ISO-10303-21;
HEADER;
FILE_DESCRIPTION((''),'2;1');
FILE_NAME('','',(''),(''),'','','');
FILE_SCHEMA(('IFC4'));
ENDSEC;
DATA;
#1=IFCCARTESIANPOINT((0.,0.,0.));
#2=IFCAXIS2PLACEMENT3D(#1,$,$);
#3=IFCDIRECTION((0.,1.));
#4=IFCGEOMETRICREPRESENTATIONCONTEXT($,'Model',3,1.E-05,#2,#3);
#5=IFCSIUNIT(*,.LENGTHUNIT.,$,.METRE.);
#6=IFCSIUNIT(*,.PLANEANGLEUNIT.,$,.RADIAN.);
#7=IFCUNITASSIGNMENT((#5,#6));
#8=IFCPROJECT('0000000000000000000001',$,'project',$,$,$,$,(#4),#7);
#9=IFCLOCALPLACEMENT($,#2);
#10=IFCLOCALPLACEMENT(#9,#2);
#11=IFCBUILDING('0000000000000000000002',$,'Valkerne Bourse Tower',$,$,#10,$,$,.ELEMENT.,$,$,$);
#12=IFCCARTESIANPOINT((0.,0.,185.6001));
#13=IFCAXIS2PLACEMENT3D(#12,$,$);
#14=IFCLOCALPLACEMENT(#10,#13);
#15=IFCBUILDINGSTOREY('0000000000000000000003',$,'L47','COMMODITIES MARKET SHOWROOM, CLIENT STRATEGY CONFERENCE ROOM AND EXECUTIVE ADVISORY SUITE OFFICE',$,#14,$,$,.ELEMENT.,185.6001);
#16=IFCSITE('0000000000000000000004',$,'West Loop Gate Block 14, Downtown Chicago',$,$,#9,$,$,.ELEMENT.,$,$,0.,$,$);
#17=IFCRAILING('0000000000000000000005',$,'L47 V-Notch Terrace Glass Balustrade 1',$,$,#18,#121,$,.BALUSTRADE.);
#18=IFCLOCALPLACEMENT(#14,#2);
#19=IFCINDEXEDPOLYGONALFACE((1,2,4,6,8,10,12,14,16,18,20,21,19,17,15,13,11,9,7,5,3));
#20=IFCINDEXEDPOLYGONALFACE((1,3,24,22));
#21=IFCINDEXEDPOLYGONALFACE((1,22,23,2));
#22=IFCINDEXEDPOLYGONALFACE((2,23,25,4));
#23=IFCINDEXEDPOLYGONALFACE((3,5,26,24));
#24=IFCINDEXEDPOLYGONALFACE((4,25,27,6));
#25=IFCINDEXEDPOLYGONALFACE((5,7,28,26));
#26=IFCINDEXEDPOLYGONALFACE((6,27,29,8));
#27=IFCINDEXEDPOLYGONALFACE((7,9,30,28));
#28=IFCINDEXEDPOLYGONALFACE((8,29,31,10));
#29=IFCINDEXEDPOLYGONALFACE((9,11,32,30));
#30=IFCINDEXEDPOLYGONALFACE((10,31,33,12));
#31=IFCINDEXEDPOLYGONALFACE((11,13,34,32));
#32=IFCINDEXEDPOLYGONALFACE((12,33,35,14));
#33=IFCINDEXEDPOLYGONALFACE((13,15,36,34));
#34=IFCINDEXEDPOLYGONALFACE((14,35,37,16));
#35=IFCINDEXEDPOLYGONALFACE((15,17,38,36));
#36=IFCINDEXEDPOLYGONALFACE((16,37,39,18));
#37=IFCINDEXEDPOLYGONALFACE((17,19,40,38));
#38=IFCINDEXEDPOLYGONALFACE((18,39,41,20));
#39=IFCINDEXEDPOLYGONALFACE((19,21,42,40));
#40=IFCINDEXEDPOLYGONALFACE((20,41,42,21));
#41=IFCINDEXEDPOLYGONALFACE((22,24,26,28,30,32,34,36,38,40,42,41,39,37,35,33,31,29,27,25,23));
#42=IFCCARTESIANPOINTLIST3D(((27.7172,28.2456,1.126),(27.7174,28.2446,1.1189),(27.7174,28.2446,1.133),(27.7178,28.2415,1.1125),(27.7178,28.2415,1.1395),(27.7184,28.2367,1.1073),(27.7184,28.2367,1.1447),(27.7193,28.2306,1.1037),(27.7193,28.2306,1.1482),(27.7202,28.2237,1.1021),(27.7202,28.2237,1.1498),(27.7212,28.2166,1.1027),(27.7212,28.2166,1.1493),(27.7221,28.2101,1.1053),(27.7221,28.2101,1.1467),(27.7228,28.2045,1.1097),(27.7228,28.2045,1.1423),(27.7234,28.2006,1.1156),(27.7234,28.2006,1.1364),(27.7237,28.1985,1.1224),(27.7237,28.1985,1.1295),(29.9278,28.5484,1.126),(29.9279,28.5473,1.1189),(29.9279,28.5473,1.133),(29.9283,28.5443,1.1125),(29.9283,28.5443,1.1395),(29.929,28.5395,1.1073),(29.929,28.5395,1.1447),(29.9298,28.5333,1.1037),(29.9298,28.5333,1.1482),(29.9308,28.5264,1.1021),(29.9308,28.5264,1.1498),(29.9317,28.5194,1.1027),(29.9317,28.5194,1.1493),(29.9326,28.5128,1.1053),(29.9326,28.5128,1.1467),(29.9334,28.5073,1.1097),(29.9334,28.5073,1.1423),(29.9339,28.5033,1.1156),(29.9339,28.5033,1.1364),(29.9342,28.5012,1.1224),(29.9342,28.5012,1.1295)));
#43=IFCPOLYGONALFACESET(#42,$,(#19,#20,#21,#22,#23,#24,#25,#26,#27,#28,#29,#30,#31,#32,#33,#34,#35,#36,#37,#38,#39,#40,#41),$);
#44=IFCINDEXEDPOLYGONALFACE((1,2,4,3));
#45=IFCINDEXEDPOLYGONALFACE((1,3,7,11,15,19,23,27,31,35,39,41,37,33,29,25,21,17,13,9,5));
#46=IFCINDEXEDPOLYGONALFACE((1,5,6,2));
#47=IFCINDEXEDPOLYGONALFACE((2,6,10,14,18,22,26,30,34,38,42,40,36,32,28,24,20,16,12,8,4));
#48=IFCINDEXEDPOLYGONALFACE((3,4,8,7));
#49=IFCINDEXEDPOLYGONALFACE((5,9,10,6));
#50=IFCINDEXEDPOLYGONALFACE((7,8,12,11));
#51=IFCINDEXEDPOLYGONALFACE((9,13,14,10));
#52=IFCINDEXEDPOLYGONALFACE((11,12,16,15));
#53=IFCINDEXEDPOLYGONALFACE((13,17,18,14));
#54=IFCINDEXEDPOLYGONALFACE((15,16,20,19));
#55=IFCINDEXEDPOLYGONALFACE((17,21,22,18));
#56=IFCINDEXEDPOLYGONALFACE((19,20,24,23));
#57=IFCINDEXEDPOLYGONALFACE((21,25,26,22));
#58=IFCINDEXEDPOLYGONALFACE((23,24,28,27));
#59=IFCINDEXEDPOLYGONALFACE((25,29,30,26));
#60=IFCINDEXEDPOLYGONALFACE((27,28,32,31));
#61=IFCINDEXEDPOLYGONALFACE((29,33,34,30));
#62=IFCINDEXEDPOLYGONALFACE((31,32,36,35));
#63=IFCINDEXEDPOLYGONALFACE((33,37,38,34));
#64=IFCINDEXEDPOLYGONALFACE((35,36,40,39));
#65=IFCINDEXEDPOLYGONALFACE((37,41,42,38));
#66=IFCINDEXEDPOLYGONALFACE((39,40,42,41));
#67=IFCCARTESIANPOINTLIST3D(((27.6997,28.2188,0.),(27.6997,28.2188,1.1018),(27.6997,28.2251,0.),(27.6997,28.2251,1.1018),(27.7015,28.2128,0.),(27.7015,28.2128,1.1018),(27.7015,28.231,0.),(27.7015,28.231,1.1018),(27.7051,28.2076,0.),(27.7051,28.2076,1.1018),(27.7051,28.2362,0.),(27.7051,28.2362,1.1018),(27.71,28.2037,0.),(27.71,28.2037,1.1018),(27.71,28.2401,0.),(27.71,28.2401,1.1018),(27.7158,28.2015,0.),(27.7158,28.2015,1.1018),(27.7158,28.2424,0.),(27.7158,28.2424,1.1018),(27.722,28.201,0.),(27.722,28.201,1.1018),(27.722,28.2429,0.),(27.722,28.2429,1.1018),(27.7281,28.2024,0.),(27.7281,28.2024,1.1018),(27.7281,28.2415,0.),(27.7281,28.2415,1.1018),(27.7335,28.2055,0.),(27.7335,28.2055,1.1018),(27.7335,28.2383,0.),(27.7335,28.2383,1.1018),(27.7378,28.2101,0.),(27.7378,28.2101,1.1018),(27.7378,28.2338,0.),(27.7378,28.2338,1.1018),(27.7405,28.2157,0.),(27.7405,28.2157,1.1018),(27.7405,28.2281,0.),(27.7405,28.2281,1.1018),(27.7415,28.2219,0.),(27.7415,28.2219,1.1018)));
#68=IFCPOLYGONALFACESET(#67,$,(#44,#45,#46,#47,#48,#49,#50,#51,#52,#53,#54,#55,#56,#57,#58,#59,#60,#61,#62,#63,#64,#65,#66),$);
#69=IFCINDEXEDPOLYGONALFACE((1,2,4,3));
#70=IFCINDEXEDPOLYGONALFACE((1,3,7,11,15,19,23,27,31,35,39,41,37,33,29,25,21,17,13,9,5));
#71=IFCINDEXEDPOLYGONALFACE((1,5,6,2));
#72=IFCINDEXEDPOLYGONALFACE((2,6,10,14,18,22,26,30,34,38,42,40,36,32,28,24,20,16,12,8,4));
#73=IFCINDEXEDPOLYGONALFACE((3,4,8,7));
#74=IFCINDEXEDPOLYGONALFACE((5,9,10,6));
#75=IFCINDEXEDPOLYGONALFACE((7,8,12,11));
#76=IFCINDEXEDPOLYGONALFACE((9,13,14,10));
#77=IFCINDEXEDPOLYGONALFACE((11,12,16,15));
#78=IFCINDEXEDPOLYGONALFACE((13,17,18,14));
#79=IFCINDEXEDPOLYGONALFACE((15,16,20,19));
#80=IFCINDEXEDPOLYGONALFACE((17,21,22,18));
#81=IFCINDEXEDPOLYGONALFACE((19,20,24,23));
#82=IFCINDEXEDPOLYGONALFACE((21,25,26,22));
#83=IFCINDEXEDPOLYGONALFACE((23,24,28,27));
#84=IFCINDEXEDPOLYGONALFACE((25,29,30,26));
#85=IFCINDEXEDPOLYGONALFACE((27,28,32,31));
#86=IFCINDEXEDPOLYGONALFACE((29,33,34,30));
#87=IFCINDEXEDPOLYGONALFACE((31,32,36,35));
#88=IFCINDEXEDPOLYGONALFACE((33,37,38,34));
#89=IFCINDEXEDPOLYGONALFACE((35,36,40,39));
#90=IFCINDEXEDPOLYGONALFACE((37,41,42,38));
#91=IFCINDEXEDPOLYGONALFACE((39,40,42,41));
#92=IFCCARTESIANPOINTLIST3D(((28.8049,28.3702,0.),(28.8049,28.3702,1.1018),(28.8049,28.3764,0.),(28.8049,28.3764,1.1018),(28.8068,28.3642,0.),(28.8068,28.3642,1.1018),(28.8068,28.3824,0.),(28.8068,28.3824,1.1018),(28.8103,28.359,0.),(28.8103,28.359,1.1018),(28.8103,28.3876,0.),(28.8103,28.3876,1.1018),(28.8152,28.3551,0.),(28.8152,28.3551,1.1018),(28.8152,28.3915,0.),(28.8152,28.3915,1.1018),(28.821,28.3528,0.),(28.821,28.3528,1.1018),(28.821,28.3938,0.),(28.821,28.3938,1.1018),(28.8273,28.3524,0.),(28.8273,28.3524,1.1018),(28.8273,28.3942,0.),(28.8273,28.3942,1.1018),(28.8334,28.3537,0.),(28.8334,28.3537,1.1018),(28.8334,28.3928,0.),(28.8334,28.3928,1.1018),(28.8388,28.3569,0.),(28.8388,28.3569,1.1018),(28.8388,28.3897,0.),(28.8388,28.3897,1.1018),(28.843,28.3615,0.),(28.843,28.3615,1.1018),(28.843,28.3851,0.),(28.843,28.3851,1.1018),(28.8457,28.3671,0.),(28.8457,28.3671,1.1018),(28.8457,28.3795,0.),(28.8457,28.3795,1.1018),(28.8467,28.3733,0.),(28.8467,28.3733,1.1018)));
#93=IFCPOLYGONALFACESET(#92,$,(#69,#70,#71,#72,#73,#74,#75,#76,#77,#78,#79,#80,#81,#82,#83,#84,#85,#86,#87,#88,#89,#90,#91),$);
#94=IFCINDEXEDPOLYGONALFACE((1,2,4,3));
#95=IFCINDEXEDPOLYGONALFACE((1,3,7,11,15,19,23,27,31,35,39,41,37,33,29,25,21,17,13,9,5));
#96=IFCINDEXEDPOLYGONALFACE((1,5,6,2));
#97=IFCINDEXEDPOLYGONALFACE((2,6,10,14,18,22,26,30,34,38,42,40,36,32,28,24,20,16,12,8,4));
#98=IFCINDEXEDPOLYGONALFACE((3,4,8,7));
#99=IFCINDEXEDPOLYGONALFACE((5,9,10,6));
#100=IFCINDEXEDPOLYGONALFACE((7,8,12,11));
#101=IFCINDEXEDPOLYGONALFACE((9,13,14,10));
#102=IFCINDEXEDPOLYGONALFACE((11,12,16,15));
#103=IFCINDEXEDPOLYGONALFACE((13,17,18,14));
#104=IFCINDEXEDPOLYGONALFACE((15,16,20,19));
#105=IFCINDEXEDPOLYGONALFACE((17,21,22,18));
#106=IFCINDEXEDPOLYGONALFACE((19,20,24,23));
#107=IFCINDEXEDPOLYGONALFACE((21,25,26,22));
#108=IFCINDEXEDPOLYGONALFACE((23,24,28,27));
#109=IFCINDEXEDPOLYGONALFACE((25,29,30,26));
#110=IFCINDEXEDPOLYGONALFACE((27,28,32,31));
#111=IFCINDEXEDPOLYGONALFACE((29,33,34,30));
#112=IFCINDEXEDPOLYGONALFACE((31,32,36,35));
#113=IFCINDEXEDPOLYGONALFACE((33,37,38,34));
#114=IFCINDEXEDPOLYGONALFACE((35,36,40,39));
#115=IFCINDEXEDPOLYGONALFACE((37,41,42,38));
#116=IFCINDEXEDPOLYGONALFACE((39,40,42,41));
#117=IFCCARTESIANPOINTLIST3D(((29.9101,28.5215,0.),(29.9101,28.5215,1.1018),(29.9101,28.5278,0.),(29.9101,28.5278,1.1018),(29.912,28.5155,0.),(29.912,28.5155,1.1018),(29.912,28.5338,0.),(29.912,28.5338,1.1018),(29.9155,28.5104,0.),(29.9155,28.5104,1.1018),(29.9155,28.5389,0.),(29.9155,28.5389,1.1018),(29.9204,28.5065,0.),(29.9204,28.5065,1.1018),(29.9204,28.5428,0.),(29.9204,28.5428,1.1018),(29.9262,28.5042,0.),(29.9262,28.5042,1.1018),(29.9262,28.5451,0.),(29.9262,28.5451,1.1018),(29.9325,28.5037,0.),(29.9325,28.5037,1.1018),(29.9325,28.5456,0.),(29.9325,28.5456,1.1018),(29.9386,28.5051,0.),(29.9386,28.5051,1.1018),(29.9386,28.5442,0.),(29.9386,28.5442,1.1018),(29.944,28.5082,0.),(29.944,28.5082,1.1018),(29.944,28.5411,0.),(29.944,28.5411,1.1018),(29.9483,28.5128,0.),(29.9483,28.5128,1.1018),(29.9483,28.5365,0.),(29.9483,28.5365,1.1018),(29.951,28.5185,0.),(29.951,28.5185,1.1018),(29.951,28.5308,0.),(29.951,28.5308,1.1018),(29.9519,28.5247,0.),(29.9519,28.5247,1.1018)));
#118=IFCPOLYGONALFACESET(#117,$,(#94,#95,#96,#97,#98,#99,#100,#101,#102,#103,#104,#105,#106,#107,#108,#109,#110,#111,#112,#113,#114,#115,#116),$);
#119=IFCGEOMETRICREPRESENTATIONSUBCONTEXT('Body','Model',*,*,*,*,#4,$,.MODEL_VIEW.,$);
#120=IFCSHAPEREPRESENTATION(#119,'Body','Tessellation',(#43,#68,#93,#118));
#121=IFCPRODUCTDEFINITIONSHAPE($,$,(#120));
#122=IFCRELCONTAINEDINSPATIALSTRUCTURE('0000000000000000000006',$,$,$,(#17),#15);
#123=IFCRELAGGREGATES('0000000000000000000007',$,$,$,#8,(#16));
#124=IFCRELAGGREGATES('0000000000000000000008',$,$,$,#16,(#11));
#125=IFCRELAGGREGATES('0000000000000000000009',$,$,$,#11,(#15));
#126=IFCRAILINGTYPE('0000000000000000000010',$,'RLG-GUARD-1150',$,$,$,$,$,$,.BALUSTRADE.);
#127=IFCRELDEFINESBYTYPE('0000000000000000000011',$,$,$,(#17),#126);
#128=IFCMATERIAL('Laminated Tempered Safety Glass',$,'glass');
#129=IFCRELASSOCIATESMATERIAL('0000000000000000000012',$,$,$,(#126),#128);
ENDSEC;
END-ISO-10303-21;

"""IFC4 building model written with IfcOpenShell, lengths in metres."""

from ifc_helpers import new_model, si_unit, direction, frame, origin, origin_2d, place, context, subcontext, project, spatial, circle, extrude, material, type_object, element, save


model = new_model("IFC4")

# Units and contexts
model_context = context("Model", 3, precision=1e-05, world=origin(), true_north=direction((0.0, 1.0)))
body_context = subcontext(model_context, "Body", "Model", "MODEL_VIEW")
ifc_project = project(units=[si_unit("LENGTHUNIT", "METRE"), si_unit("PLANEANGLEUNIT", "RADIAN")], contexts=[model_context])

# Site, building, storey
site_placement = place(None, origin())
site = spatial("IfcSite", under=ifc_project, at=site_placement, Name="West Loop Gate Block 14, Downtown Chicago", CompositionType="ELEMENT", RefElevation=0.0)
building_placement = place(site_placement, origin())
building = spatial("IfcBuilding", under=site, at=building_placement, Name="Valkerne Bourse Tower", CompositionType="ELEMENT")
storey_placement = place(building_placement, frame((0.0, 0.0, 185.6001)))
storey = spatial("IfcBuildingStorey", under=building, at=storey_placement, Name="L47", Description="COMMODITIES MARKET SHOWROOM, CLIENT STRATEGY CONFERENCE ROOM AND EXECUTIVE ADVISORY SUITE OFFICE", CompositionType="ELEMENT", Elevation=185.6001)

# Railing
ifc_material_1 = material(Name="Laminated Tempered Safety Glass", Category="glass")
railing_type_1 = type_object("IfcRailingType", Name="RLG-GUARD-1150", PredefinedType="BALUSTRADE", material=ifc_material_1)
railing_1_placement = place(storey_placement, frame((27.7205, 28.2219, 0.0)))
element("IfcRailing", 1, at=railing_1_placement, inside=storey, type_object=railing_type_1, Name="L47 V-Notch Terrace Glass Balustrade 1", PredefinedType="BALUSTRADE", context=body_context, shape_type="SweptSolid", body=[
    extrude(circle(Radius=0.0239, at=origin_2d()), frame((0.0, 0.0, 1.126), z_axis=(0.990751, 0.135689, 0.0), x_axis=(-0.135689, 0.990751, 0.0)), (0.0, 0.0, 1.0), 2.2312),
    extrude(circle(Radius=0.021, at=origin_2d()), origin(), (0.0, 0.0, 1.0), 1.1018),
    extrude(circle(Radius=0.021, at=origin_2d()), frame((1.1052, 0.1514, 0.0)), (0.0, 0.0, 1.0), 1.1018),
    extrude(circle(Radius=0.021, at=origin_2d()), frame((2.2104, 0.3027, 0.0)), (0.0, 0.0, 1.0), 1.1018),
])

save(model, "model.ifc")
